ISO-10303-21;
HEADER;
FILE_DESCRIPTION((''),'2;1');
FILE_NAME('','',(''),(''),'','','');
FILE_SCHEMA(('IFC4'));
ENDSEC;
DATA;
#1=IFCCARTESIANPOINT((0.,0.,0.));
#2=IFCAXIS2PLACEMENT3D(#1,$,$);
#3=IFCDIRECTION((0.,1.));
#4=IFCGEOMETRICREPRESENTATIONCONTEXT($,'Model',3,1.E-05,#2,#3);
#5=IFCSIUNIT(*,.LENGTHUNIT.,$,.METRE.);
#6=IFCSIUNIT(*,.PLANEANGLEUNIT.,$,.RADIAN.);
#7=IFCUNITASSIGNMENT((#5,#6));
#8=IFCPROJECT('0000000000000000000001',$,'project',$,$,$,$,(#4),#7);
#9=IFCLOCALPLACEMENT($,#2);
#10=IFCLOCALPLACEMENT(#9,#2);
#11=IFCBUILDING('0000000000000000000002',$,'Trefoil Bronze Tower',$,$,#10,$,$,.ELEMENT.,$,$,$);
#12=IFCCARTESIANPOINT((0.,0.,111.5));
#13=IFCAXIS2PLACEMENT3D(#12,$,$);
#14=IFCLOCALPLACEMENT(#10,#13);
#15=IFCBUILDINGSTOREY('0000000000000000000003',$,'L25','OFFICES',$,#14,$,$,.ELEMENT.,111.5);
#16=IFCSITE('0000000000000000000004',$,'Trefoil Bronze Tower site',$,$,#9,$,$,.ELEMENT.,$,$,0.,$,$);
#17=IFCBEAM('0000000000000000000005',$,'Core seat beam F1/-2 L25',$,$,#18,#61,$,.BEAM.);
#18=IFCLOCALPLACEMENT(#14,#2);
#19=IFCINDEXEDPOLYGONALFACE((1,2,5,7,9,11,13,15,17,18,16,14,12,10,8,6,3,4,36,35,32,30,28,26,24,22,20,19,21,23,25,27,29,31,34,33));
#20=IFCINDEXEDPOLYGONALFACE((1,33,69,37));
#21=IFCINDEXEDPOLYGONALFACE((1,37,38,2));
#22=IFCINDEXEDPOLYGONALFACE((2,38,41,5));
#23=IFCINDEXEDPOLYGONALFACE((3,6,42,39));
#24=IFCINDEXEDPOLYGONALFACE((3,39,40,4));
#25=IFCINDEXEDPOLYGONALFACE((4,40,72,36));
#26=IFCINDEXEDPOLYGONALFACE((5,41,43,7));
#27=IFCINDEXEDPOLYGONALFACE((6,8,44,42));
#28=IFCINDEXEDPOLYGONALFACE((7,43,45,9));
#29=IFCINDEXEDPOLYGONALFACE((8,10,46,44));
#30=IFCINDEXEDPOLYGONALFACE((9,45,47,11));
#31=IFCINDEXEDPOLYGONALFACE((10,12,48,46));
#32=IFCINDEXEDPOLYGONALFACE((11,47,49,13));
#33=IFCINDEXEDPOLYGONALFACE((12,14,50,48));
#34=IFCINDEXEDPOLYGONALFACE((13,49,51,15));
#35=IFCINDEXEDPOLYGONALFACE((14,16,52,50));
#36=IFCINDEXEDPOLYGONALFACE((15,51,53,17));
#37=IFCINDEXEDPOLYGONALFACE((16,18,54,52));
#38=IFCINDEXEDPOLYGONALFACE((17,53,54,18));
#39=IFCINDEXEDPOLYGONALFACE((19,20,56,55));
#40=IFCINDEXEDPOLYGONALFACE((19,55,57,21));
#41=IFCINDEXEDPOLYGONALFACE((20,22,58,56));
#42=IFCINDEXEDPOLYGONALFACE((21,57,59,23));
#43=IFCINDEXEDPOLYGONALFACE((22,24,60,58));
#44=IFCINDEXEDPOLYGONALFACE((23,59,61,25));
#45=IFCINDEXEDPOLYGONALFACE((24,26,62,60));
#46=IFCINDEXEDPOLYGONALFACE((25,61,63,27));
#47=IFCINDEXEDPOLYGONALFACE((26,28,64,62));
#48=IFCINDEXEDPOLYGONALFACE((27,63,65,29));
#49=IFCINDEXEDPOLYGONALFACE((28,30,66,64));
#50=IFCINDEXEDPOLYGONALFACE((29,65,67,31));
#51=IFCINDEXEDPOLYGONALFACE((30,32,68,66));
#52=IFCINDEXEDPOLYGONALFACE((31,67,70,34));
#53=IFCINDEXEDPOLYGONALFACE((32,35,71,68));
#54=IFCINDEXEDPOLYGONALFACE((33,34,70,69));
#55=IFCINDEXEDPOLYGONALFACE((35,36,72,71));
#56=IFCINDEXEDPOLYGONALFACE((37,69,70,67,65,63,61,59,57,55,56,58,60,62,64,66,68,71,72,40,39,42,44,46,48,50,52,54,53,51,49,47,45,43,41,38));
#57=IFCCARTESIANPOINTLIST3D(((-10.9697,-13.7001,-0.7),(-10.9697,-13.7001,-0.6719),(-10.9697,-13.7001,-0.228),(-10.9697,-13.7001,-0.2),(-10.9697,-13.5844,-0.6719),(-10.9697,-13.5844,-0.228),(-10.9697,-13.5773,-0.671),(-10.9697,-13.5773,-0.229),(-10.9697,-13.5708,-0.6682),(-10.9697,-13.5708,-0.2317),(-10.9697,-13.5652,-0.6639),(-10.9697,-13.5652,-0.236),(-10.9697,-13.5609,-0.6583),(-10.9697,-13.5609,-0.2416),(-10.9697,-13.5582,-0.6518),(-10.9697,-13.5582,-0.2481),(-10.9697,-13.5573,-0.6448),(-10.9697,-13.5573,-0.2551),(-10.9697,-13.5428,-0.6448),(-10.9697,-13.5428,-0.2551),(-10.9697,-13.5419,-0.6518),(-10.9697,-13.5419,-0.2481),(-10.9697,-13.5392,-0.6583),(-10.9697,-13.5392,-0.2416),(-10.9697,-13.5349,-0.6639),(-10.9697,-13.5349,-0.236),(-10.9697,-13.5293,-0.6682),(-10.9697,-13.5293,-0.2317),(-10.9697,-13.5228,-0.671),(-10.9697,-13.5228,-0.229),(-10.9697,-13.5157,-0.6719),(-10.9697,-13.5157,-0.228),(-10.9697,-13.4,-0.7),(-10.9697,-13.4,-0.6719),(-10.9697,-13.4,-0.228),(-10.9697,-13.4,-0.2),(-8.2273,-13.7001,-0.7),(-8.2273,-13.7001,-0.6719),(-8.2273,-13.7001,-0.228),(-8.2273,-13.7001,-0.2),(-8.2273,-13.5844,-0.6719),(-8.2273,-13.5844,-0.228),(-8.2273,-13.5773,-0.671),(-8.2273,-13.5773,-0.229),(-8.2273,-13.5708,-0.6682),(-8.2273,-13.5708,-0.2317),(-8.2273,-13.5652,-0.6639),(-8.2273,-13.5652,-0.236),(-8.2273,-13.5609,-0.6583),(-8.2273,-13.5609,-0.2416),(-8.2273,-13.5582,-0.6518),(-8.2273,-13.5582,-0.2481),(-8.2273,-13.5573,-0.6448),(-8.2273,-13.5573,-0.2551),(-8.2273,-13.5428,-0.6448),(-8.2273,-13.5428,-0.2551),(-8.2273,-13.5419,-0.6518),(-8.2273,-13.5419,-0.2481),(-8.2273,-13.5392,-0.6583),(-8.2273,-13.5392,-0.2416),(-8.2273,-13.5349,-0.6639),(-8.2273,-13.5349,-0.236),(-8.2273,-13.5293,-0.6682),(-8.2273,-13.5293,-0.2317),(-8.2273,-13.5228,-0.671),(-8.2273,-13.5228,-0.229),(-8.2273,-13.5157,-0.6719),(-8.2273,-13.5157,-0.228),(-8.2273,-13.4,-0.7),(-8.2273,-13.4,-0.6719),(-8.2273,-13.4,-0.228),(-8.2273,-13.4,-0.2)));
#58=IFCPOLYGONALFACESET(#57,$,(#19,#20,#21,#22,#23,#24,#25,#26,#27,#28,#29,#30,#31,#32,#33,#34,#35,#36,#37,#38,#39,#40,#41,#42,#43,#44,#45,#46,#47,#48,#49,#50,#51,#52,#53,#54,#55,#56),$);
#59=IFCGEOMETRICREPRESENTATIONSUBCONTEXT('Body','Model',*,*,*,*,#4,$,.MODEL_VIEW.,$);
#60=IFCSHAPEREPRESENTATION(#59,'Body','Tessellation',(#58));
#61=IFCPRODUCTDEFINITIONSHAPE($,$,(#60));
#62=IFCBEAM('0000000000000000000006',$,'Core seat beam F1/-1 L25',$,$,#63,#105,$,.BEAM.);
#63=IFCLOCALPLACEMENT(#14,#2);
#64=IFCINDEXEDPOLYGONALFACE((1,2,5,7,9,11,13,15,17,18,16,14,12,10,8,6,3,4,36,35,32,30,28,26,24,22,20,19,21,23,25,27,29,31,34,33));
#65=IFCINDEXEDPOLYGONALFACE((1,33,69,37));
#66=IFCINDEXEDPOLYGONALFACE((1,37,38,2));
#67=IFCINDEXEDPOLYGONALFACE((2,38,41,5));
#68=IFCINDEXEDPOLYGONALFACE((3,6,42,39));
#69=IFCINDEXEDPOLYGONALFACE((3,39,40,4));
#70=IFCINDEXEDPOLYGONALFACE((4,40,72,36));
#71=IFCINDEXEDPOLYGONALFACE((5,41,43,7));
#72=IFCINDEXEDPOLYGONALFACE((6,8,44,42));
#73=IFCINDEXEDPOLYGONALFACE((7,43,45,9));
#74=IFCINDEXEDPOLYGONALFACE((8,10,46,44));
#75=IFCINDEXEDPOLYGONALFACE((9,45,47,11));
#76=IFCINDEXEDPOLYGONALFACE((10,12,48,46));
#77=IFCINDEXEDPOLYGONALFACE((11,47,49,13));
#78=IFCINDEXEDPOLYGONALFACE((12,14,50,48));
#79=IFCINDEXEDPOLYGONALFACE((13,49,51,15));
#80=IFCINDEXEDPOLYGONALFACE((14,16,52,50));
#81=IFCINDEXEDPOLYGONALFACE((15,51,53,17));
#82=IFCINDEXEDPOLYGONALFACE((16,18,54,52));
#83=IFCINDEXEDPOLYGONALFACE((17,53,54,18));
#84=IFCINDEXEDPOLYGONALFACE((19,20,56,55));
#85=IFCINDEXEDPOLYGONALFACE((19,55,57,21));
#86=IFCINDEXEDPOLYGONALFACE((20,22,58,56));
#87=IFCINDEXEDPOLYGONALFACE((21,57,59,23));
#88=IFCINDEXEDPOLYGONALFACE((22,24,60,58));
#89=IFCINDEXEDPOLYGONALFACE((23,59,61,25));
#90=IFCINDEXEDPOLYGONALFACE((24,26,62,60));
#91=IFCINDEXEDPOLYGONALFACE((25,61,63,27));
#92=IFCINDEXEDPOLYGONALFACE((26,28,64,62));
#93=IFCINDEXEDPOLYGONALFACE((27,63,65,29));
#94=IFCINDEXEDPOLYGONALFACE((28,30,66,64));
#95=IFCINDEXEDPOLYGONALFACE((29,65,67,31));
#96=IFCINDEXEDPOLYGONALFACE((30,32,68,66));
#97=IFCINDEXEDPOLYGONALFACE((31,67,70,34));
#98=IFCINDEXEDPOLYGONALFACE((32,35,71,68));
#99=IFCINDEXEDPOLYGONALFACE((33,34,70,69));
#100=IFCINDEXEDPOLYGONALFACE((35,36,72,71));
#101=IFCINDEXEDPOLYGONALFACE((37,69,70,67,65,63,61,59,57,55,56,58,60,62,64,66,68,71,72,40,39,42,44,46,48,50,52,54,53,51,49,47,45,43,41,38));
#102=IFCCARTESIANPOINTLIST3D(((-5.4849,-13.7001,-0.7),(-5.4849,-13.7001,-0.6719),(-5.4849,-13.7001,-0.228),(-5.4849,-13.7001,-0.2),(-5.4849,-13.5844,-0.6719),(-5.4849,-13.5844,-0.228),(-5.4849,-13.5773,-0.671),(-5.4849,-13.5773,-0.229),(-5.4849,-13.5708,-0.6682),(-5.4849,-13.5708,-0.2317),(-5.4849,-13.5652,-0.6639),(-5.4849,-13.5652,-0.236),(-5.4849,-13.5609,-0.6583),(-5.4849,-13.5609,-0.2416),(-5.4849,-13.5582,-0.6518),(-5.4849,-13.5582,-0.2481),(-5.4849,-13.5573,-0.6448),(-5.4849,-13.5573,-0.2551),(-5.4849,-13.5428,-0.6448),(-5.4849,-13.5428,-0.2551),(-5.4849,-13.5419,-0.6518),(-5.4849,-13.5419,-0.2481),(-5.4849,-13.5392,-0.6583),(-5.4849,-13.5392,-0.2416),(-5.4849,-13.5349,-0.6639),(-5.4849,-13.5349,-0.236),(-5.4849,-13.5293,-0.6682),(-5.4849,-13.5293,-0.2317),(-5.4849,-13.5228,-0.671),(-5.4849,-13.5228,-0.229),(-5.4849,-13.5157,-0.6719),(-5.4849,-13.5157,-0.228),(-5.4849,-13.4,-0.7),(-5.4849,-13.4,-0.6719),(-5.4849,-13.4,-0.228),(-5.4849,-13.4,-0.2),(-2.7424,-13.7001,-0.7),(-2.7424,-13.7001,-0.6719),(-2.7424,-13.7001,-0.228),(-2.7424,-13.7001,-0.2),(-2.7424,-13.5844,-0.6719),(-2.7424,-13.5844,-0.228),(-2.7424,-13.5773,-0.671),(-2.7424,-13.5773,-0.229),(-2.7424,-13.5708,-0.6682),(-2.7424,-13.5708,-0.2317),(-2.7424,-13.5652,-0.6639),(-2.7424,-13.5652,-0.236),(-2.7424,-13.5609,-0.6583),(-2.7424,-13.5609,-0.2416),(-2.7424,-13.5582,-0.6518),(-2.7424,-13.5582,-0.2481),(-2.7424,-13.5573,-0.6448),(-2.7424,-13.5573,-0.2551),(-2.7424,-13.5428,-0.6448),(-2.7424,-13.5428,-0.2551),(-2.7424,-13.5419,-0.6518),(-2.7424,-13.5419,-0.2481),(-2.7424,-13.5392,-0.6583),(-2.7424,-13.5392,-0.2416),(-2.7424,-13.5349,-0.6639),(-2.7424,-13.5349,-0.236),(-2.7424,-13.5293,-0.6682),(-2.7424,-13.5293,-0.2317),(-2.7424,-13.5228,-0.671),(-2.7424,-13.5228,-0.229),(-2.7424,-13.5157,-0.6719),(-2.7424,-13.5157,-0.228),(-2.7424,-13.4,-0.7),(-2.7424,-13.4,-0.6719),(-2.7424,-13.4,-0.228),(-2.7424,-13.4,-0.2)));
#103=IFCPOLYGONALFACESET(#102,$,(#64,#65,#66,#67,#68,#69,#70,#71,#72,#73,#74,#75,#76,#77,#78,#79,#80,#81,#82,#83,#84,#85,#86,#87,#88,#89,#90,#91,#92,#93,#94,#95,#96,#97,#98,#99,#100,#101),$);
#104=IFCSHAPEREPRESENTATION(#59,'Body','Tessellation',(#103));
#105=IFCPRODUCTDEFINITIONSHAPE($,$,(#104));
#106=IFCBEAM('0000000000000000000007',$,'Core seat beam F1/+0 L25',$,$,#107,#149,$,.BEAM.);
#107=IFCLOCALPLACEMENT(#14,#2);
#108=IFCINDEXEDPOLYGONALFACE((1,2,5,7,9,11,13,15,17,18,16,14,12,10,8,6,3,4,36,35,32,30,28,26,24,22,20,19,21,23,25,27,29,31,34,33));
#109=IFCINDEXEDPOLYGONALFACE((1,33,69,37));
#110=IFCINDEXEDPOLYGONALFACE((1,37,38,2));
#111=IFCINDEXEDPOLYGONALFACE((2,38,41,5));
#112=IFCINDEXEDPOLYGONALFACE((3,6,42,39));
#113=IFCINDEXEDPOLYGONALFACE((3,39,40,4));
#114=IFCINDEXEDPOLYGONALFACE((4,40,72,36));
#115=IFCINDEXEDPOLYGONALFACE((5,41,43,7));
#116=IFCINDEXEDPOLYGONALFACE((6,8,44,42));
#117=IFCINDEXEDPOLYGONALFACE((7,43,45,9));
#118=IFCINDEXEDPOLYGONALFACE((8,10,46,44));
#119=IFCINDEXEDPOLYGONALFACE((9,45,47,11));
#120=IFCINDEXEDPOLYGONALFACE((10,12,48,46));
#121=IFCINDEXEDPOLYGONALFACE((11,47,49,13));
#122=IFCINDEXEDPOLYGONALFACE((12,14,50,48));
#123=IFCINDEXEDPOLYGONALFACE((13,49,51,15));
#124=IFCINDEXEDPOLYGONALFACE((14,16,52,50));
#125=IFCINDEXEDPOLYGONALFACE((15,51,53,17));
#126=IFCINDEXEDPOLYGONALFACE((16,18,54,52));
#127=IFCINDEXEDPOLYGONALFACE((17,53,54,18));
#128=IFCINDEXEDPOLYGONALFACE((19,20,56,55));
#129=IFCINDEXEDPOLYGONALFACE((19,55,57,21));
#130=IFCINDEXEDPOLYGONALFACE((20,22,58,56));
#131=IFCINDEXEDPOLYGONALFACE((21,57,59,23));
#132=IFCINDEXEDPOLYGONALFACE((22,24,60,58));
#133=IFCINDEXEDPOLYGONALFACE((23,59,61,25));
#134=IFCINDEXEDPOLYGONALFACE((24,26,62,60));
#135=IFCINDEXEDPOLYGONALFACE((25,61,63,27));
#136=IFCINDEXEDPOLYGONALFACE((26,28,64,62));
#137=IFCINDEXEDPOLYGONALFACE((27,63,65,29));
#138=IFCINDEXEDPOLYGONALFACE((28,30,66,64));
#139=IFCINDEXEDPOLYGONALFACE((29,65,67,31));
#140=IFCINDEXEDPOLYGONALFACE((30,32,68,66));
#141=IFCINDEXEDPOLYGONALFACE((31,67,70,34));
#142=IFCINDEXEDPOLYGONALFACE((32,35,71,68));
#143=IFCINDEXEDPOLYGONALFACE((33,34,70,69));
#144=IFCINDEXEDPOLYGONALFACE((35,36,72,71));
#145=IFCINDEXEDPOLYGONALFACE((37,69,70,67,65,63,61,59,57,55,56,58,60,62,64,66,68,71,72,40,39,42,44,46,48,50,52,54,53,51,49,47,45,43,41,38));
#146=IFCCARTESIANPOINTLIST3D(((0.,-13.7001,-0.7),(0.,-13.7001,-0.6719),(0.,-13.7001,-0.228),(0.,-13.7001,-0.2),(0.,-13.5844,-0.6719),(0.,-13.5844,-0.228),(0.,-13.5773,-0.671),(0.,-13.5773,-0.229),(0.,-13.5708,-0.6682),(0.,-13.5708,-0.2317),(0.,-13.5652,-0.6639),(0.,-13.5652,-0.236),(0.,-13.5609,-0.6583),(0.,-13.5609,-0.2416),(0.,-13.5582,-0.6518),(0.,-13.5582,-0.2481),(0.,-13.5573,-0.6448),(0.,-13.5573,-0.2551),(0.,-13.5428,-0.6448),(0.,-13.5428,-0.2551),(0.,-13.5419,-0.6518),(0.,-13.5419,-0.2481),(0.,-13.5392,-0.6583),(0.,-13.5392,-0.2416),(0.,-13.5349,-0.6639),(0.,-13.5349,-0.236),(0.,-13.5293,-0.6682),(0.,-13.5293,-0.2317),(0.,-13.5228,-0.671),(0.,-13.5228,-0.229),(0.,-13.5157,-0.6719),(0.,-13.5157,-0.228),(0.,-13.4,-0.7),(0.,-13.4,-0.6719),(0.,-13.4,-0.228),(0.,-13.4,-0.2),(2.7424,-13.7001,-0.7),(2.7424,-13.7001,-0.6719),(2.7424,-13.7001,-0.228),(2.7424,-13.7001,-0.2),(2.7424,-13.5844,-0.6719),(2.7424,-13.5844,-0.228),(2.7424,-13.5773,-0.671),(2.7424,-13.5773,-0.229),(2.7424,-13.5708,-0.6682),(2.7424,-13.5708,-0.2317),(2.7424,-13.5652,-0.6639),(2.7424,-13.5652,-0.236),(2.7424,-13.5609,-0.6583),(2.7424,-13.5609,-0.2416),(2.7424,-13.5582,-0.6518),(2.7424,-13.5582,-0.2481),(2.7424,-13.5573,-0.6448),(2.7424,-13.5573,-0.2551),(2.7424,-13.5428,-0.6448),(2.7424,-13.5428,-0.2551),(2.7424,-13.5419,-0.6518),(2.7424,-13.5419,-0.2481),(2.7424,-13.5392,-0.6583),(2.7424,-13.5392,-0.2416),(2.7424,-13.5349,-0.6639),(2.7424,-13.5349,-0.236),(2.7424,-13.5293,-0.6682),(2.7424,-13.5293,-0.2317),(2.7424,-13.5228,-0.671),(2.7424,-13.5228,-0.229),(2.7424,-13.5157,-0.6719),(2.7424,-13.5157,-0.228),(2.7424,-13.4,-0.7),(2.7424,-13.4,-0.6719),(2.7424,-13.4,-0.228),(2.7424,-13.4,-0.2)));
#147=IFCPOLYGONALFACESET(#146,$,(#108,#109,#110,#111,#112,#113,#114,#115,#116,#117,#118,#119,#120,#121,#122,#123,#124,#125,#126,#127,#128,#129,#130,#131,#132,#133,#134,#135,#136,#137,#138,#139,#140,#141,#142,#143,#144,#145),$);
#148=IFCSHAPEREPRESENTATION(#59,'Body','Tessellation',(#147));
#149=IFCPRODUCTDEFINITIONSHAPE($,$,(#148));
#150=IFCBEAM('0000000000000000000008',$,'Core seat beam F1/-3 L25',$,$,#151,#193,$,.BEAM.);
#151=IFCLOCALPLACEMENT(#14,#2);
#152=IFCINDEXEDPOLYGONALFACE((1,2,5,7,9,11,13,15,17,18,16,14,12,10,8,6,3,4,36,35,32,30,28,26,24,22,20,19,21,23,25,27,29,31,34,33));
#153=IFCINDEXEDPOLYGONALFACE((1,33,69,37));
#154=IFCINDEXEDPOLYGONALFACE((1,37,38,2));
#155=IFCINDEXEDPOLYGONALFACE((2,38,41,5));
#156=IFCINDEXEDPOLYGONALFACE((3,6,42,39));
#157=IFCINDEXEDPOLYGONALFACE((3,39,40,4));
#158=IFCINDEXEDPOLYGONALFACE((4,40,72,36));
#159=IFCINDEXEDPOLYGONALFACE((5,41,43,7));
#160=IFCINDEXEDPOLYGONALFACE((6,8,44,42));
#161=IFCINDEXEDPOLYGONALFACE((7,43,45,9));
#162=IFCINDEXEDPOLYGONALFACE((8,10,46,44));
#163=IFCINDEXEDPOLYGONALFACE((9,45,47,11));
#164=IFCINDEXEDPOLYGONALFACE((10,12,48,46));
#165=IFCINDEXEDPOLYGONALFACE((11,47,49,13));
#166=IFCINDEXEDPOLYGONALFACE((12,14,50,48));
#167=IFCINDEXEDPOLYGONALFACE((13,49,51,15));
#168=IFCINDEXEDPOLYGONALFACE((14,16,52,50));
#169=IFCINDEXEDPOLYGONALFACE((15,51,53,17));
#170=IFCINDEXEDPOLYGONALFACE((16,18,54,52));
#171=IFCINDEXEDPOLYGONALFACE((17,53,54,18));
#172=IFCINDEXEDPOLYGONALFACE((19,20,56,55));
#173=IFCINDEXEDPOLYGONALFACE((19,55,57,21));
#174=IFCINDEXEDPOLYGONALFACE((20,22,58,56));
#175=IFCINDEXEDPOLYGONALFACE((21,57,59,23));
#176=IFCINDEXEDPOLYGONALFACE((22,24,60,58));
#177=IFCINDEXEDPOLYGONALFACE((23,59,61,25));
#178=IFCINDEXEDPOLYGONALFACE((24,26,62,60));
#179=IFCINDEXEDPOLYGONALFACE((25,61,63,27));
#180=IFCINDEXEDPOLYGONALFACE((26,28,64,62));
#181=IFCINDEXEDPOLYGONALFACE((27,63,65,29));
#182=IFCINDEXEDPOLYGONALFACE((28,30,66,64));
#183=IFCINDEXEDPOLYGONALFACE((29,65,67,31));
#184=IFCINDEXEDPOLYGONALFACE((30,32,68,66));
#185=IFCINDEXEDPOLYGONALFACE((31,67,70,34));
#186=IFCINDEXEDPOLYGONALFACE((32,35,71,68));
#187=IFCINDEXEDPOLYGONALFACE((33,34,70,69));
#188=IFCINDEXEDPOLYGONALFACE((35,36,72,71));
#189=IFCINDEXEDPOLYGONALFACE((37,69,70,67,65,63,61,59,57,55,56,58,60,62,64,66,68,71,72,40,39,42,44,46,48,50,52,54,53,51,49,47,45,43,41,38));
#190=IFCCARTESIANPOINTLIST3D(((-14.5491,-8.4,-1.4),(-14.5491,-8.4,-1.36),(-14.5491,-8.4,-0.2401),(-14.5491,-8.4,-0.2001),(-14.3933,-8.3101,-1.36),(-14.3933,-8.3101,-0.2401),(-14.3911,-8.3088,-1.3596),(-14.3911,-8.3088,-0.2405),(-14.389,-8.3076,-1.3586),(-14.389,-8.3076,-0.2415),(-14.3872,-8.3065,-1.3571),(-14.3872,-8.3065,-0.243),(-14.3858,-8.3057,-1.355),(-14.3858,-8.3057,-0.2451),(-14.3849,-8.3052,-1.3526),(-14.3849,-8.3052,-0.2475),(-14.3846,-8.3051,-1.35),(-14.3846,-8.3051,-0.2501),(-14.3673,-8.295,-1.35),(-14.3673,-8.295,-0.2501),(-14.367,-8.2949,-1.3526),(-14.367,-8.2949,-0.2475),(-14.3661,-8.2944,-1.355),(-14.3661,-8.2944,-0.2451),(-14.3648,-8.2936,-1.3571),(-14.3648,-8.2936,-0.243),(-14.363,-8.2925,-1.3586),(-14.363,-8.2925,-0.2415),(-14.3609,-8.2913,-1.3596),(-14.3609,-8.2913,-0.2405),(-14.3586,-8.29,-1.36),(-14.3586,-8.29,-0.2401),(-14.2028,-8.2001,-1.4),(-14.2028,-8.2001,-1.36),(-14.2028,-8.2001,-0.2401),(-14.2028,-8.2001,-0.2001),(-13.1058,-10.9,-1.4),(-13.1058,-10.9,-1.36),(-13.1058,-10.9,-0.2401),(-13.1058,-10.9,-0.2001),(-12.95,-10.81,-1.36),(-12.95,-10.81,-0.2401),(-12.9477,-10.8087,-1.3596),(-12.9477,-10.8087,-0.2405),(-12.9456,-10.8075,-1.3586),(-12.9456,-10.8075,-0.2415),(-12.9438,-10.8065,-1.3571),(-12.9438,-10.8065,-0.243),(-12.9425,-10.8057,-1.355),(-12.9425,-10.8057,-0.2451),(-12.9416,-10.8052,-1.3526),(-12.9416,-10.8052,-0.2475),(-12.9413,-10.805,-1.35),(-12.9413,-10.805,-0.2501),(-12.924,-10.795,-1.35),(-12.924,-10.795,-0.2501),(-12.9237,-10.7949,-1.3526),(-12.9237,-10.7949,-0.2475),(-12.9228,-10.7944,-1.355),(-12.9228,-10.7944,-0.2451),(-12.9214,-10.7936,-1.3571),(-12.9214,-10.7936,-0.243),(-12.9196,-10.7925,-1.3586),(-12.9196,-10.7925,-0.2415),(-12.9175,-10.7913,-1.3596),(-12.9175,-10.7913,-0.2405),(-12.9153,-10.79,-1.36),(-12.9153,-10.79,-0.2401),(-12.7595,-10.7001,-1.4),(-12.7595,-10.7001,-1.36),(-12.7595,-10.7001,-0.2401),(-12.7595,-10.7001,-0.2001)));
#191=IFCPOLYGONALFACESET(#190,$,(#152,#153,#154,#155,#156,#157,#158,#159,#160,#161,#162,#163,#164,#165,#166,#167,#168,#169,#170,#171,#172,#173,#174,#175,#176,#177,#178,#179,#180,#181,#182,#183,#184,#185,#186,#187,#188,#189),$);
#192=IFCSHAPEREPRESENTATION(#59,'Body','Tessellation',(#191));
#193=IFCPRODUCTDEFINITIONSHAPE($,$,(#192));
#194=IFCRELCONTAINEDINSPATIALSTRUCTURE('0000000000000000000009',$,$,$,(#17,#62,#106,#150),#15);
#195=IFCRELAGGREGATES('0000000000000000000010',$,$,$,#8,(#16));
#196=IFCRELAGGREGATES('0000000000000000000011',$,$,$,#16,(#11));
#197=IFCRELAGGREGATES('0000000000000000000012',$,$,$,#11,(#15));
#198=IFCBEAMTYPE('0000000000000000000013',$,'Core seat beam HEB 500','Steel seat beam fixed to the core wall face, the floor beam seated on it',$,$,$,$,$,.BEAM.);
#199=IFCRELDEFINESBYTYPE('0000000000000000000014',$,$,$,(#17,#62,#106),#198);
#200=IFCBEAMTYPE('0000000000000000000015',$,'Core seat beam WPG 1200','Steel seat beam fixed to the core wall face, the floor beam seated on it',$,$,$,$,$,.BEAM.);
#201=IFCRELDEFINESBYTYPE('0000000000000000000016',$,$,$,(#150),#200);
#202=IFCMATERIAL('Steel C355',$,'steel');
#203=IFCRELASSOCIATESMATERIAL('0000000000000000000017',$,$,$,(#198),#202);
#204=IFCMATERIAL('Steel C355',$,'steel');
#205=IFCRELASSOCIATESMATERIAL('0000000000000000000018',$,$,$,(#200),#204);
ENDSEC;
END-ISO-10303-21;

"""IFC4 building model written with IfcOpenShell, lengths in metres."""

from ifc_helpers import new_model, si_unit, direction, frame, origin, origin_2d, place, context, subcontext, project, spatial, i_section, extrude, material, material_profile, profile_set, type_object, element, save


model = new_model("IFC4")

# Units and contexts
model_context = context("Model", 3, precision=1e-05, world=origin(), true_north=direction((0.0, 1.0)))
body_context = subcontext(model_context, "Body", "Model", "MODEL_VIEW")
ifc_project = project(units=[si_unit("LENGTHUNIT", "METRE"), si_unit("PLANEANGLEUNIT", "RADIAN")], contexts=[model_context])

# Site, building, storey
site_placement = place(None, origin())
site = spatial("IfcSite", under=ifc_project, at=site_placement, Name="Trefoil Bronze Tower site", CompositionType="ELEMENT", RefElevation=0.0)
building_placement = place(site_placement, origin())
building = spatial("IfcBuilding", under=site, at=building_placement, Name="Trefoil Bronze Tower", CompositionType="ELEMENT")
storey_placement = place(building_placement, frame((0.0, 0.0, 111.5)))
storey = spatial("IfcBuildingStorey", under=building, at=storey_placement, Name="L25", Description="OFFICES", CompositionType="ELEMENT", Elevation=111.5)

# Beams
ifc_material_1 = material(Name="Steel C355", Category="steel")
ifc_material_profile_1 = material_profile(ifc_material_1, i_section(OverallWidth=0.3, OverallDepth=0.5, WebThickness=0.0144, FlangeThickness=0.0281, FilletRadius=0.0271, at=origin_2d()), Name="HEB 500")
ifc_profile_set_1 = profile_set([ifc_material_profile_1], Name="Steel C355")
beam_type_1 = type_object("IfcBeamType", Name="Core seat beam HEB 500", Description="Steel seat beam fixed to the core wall face, the floor beam seated on it", PredefinedType="BEAM", material=ifc_profile_set_1)
for number, where, z_axis, x_axis, name in (
    (1, (-10.9697, -13.55, -0.45), (1.0, 0.0, 0.0), (0.0, 1.0, 0.0), "Core seat beam F1/-2 L25"),
    (2, (-5.4849, -13.55, -0.45), (1.0, 0.0, 0.0), (0.0, 1.0, 0.0), "Core seat beam F1/-1 L25"),
    (3, (0.0, -13.55, -0.45), (1.0, 0.0, 0.0), (0.0, 1.0, 0.0), "Core seat beam F1/+0 L25"),
):
    element("IfcBeam", number, at=place(storey_placement, frame(where, z_axis=z_axis, x_axis=x_axis)), inside=storey, type_object=beam_type_1, Name=name, PredefinedType="BEAM", context=body_context, shape_type="SweptSolid", body=[
        extrude(i_section(OverallWidth=0.3, OverallDepth=0.5, WebThickness=0.0144, FlangeThickness=0.0281, FilletRadius=0.0271, at=origin_2d()), origin(), (0.0, 0.0, 1.0), 2.7424),
    ])
ifc_material_2 = material(Name="Steel C355", Category="steel")
ifc_material_profile_2 = material_profile(ifc_material_2, i_section(OverallWidth=0.3999, OverallDepth=1.2, WebThickness=0.02, FlangeThickness=0.04, FilletRadius=0.01, at=origin_2d()), Name="WPG 1200")
ifc_profile_set_2 = profile_set([ifc_material_profile_2], Name="Steel C355")
beam_type_2 = type_object("IfcBeamType", Name="Core seat beam WPG 1200", Description="Steel seat beam fixed to the core wall face, the floor beam seated on it", PredefinedType="BEAM", material=ifc_profile_set_2)
beam_1_placement = place(storey_placement, frame((-14.376, -8.3, -0.8), z_axis=(0.499996, -0.866028, 0.0), x_axis=(0.866028, 0.499996, 0.0)))
element("IfcBeam", 4, at=beam_1_placement, inside=storey, type_object=beam_type_2, Name="Core seat beam F1/-3 L25", PredefinedType="BEAM", context=body_context, shape_type="SweptSolid", body=[
    extrude(i_section(OverallWidth=0.3999, OverallDepth=1.2, WebThickness=0.02, FlangeThickness=0.04, FilletRadius=0.01, at=origin_2d()), origin(), (0.0, 0.0, 1.0), 2.8867),
])

save(model, "model.ifc")
